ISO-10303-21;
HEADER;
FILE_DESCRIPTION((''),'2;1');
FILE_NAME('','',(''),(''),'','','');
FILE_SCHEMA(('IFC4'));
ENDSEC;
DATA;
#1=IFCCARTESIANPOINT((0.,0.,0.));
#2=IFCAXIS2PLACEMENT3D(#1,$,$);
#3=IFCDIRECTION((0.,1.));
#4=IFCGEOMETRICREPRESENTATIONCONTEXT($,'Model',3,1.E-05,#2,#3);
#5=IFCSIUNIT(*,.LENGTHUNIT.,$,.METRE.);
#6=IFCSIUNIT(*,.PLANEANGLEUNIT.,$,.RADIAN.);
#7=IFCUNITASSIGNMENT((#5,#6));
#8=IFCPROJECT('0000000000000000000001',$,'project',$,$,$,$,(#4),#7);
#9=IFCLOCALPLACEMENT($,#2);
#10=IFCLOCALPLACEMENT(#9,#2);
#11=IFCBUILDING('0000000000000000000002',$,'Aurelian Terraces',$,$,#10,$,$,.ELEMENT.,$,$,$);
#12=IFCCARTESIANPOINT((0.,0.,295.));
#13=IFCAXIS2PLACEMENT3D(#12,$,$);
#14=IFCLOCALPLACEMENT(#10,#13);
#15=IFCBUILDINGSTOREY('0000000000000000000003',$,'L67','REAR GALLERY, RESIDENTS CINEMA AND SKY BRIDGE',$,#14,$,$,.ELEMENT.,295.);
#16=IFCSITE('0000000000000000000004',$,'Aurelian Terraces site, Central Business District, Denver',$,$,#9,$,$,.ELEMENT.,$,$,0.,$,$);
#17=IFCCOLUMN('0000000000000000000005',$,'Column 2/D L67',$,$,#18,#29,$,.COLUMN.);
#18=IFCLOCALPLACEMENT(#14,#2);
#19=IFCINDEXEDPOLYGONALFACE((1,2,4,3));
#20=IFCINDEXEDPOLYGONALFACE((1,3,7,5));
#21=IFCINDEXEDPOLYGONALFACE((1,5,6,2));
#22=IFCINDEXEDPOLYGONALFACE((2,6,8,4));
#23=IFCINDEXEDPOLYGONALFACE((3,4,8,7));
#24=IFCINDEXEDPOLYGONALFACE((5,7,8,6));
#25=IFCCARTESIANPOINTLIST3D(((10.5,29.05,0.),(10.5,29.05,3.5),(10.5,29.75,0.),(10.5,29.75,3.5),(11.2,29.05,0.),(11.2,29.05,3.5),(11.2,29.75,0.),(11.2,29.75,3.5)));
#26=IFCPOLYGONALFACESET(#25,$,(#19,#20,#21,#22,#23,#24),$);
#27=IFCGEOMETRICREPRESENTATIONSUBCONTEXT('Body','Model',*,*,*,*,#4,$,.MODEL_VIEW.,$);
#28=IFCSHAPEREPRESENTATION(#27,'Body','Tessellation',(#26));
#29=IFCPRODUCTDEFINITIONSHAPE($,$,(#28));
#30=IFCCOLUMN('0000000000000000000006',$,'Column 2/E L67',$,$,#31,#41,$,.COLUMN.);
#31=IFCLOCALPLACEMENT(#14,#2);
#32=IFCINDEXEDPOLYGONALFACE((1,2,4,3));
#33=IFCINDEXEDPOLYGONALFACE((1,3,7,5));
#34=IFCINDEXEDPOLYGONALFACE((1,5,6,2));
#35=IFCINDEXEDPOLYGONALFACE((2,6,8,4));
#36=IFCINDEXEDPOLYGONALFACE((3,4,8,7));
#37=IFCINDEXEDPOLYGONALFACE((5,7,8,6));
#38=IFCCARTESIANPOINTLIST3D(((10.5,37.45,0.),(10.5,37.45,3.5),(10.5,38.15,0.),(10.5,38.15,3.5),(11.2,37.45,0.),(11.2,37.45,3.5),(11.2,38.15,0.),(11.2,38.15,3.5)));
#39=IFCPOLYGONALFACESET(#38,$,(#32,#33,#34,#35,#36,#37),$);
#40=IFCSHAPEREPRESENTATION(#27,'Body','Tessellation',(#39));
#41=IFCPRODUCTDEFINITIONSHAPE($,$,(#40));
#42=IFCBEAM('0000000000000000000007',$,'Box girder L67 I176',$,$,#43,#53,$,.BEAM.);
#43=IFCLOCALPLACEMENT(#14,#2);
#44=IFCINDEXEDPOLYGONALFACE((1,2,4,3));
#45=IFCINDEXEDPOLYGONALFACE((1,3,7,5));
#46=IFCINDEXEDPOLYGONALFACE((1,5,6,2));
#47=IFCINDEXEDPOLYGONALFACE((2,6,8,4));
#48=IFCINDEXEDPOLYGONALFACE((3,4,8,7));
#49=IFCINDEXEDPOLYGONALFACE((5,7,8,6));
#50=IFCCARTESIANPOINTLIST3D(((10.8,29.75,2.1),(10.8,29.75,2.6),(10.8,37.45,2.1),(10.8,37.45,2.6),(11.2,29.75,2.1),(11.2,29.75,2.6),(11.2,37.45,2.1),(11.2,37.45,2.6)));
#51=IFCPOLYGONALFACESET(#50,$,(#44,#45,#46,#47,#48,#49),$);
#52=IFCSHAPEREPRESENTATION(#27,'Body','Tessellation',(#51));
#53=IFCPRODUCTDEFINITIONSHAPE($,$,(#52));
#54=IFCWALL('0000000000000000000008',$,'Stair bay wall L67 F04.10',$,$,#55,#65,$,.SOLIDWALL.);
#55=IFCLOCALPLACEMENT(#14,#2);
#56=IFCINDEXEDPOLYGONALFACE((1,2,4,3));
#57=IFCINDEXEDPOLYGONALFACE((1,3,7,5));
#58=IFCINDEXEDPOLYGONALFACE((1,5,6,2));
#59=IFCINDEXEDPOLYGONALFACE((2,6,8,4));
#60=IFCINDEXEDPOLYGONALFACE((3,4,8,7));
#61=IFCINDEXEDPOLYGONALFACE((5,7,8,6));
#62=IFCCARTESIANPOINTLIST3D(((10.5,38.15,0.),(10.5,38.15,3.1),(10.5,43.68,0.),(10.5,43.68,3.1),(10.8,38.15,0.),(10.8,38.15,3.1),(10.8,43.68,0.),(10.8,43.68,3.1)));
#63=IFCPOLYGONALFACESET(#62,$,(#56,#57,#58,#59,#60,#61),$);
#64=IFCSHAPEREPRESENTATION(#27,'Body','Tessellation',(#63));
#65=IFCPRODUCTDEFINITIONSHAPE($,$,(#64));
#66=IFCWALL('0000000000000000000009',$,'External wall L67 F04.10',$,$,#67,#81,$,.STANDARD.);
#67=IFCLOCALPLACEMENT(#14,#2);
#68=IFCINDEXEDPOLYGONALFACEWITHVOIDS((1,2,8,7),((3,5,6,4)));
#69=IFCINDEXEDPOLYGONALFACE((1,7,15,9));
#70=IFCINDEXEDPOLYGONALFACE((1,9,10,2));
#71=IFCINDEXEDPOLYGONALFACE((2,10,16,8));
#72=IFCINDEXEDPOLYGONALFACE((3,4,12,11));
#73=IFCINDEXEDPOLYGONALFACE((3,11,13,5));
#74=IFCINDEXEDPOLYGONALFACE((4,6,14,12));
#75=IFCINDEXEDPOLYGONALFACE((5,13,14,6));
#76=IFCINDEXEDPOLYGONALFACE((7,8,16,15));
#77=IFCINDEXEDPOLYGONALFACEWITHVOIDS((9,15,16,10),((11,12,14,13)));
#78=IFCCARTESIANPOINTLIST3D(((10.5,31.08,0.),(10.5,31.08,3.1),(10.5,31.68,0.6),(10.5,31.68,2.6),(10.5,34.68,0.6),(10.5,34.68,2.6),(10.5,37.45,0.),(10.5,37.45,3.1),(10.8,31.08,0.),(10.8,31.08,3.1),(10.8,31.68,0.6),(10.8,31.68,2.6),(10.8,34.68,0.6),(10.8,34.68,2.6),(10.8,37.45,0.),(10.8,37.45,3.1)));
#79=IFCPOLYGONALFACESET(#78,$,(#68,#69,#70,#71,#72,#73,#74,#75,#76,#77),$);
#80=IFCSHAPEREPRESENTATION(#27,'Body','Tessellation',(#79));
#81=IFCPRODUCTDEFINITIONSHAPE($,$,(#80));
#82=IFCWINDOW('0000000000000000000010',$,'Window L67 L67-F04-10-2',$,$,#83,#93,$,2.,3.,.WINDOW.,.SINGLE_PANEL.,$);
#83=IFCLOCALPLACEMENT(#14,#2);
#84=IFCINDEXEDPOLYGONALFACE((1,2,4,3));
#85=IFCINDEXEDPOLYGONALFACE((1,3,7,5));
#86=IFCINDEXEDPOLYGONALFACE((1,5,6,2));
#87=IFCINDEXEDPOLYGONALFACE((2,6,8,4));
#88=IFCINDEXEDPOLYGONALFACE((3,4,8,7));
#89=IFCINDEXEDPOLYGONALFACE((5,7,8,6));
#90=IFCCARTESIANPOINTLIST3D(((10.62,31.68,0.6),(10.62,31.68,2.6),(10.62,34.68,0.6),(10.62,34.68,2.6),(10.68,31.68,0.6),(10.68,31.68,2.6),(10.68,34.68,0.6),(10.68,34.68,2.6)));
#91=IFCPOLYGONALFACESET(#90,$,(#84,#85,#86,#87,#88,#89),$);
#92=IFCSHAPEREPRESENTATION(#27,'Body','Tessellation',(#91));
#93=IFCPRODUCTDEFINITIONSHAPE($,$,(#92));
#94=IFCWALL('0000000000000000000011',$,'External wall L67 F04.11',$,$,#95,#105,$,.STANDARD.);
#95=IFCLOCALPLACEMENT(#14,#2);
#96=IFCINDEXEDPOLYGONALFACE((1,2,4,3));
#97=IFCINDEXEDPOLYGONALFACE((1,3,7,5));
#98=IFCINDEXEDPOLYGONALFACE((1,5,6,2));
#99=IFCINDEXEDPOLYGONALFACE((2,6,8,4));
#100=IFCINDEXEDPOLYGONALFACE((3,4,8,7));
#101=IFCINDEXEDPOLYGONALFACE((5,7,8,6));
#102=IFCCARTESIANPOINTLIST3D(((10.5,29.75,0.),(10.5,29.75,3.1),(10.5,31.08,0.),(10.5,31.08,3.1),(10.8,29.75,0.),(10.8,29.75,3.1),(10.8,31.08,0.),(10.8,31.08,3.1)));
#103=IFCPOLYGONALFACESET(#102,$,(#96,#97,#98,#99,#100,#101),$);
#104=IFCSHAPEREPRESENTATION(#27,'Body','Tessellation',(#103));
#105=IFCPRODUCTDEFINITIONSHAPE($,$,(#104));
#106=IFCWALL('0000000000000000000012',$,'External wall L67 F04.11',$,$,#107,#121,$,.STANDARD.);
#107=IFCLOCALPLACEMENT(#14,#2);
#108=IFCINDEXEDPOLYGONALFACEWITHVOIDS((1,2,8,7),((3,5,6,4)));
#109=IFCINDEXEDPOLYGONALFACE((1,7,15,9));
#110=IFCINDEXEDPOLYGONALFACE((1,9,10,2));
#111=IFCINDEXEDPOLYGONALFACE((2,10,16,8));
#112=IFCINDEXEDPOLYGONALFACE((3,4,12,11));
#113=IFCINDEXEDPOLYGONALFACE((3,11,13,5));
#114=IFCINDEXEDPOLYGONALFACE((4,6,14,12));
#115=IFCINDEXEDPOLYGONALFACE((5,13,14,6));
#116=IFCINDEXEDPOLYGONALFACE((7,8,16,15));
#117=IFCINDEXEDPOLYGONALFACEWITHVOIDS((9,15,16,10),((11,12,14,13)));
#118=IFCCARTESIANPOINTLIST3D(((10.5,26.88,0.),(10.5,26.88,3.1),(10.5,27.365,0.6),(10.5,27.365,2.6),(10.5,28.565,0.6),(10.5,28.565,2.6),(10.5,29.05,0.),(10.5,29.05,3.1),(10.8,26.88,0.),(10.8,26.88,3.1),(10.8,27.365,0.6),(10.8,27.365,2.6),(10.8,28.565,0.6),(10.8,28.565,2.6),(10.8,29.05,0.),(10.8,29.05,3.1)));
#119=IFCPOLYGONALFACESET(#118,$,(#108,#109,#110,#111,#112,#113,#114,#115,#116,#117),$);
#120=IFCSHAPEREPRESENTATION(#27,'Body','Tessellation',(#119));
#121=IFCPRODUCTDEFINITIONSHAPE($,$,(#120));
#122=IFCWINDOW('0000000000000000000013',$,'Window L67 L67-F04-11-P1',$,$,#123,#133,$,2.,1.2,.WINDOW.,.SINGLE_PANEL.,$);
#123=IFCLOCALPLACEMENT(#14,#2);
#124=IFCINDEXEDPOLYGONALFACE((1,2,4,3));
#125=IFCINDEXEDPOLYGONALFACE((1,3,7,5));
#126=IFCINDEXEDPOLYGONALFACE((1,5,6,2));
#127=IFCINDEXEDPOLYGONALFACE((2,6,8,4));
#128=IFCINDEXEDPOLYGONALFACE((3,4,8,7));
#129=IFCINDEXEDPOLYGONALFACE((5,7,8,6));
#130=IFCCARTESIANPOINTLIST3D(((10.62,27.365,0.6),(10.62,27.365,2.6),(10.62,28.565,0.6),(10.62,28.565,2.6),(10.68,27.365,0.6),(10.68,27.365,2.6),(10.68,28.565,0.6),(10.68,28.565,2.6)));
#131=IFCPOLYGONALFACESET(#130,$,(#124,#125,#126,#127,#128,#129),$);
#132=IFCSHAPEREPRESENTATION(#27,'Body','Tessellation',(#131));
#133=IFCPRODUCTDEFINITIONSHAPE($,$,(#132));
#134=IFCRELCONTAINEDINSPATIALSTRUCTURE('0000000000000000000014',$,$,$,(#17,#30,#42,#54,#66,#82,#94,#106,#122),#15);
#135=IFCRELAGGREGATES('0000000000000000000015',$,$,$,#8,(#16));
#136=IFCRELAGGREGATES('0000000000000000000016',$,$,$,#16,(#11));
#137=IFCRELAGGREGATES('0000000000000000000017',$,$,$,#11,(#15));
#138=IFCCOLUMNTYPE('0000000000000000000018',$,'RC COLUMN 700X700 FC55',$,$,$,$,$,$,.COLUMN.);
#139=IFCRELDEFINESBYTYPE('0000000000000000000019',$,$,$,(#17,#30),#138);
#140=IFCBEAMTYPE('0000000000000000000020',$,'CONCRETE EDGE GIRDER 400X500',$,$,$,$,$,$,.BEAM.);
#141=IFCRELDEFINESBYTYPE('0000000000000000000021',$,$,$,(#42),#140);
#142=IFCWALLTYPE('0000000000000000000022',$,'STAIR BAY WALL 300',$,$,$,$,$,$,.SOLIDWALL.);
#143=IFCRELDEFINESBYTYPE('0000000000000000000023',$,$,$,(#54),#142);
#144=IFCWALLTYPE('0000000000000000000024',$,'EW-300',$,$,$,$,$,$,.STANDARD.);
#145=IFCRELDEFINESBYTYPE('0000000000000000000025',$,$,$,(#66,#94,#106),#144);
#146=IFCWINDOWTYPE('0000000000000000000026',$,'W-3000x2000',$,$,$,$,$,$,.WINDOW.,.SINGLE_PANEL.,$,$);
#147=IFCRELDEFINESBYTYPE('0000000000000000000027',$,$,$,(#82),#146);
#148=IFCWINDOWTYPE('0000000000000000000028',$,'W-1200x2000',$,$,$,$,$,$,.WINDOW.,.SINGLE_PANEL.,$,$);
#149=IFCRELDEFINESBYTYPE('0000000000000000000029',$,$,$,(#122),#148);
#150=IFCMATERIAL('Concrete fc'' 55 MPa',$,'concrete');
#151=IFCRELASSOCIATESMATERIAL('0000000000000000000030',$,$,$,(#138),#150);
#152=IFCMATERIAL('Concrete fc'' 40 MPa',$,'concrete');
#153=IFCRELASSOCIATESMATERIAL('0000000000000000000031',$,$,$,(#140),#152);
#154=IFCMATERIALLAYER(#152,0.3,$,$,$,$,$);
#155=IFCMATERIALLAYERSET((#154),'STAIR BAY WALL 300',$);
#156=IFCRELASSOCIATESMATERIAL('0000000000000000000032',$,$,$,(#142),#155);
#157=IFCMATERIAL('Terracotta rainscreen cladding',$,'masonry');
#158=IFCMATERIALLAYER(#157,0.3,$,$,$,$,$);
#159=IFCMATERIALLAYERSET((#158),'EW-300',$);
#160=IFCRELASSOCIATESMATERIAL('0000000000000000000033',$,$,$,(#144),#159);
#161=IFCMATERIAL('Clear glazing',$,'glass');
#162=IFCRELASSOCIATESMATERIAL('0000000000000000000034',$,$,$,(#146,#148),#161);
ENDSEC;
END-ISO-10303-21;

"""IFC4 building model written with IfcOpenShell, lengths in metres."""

from ifc_helpers import new_model, si_unit, direction, frame, frame_2d, origin, origin_2d, place, context, subcontext, project, spatial, rectangle, extrude, source, transform, mapped, material, layer, layer_set, material_profile, profile_set, type_object, element, fill, save


model = new_model("IFC4")

# Units and contexts
model_context = context("Model", 3, precision=1e-05, world=origin(), true_north=direction((0.0, 1.0)))
body_context = subcontext(model_context, "Body", "Model", "MODEL_VIEW")
ifc_project = project(units=[si_unit("LENGTHUNIT", "METRE"), si_unit("PLANEANGLEUNIT", "RADIAN")], contexts=[model_context])

# Site, building, storey
site_placement = place(None, origin())
site = spatial("IfcSite", under=ifc_project, at=site_placement, Name="Aurelian Terraces site, Central Business District, Denver", CompositionType="ELEMENT", RefElevation=0.0)
building_placement = place(site_placement, origin())
building = spatial("IfcBuilding", under=site, at=building_placement, Name="Aurelian Terraces", CompositionType="ELEMENT")
storey_placement = place(building_placement, frame((0.0, 0.0, 295.0)))
storey = spatial("IfcBuildingStorey", under=building, at=storey_placement, Name="L67", Description="REAR GALLERY, RESIDENTS CINEMA AND SKY BRIDGE", CompositionType="ELEMENT", Elevation=295.0)

# Columns
ifc_material_1 = material(Name="Concrete fc' 55 MPa", Category="concrete")
ifc_material_profile_1 = material_profile(ifc_material_1, rectangle(XDim=0.7, YDim=0.7, at=origin_2d()))
ifc_profile_set_1 = profile_set([ifc_material_profile_1], Name="Concrete fc' 55 MPa")
column_type = type_object("IfcColumnType", Name="RC COLUMN 700X700 FC55", PredefinedType="COLUMN", material=ifc_profile_set_1)
shared_shape_1 = source(origin(), body_context, "Body", "SweptSolid", [
    extrude(rectangle(XDim=0.7, YDim=0.7, at=origin_2d()), origin(), (0.0, 0.0, 1.0), 3.5),
])
for number, where, z_axis, x_axis, name in (
    (1, (10.85, 29.4, 0.0), (0.0, 0.0, 1.0), (1.0, 0.0, 0.0), "Column 2/D L67"),
    (2, (10.85, 37.8, 0.0), (0.0, 0.0, 1.0), (1.0, 0.0, 0.0), "Column 2/E L67"),
):
    element("IfcColumn", number, at=place(storey_placement, frame(where, z_axis=z_axis, x_axis=x_axis)), inside=storey, type_object=column_type, Name=name, PredefinedType="COLUMN", context=body_context, shape_type="MappedRepresentation", body=[
        mapped(shared_shape_1, transform((0.0, 0.0, 0.0), scale=1.0)),
    ])

# Beam
ifc_material_2 = material(Name="Concrete fc' 40 MPa", Category="concrete")
ifc_material_profile_2 = material_profile(ifc_material_2, rectangle(XDim=0.4, YDim=0.5, at=origin_2d()))
ifc_profile_set_2 = profile_set([ifc_material_profile_2], Name="Concrete fc' 40 MPa")
beam_type = type_object("IfcBeamType", Name="CONCRETE EDGE GIRDER 400X500", PredefinedType="BEAM", material=ifc_profile_set_2)
shared_shape_2 = source(origin(), body_context, "Body", "SweptSolid", [
    extrude(rectangle(XDim=0.4, YDim=0.5, at=origin_2d()), origin(), (0.0, 0.0, 1.0), 7.7),
])
beam_placement = place(storey_placement, frame((11.0, 29.75, 2.35), z_axis=(0.0, 1.0, 0.0), x_axis=(-1.0, 0.0, 0.0)))
element("IfcBeam", 3, at=beam_placement, inside=storey, type_object=beam_type, Name="Box girder L67 I176", PredefinedType="BEAM", context=body_context, shape_type="MappedRepresentation", body=[
    mapped(shared_shape_2, transform((0.0, 0.0, 0.0), scale=1.0)),
])

# Wall
ifc_layer_1 = layer(ifc_material_2, 0.3)
ifc_layer_set_1 = layer_set([ifc_layer_1], Name="STAIR BAY WALL 300")
wall_type_1 = type_object("IfcWallType", Name="STAIR BAY WALL 300", PredefinedType="SOLIDWALL", material=ifc_layer_set_1)
shared_shape_3 = source(origin(), body_context, "Body", "SweptSolid", [
    extrude(rectangle(XDim=5.53, YDim=0.3, at=frame_2d((2.765, 0.0))), origin(), (0.0, 0.0, 1.0), 3.1),
])
wall_1_placement = place(storey_placement, frame((10.65, 43.68, 0.0), z_axis=(0.0, 0.0, 1.0), x_axis=(0.0, -1.0, 0.0)))
element("IfcWall", 4, at=wall_1_placement, inside=storey, type_object=wall_type_1, Name="Stair bay wall L67 F04.10", PredefinedType="SOLIDWALL", context=body_context, shape_type="MappedRepresentation", body=[
    mapped(shared_shape_3, transform((0.0, 0.0, 0.0), scale=1.0)),
])

# Wall, opening, window
ifc_material_3 = material(Name="Terracotta rainscreen cladding", Category="masonry")
ifc_layer_2 = layer(ifc_material_3, 0.3)
ifc_layer_set_2 = layer_set([ifc_layer_2], Name="EW-300")
wall_type_2 = type_object("IfcWallType", Name="EW-300", PredefinedType="STANDARD", material=ifc_layer_set_2)
shared_shape_4 = source(origin(), body_context, "Body", "SweptSolid", [
    extrude(rectangle(XDim=6.37, YDim=0.3, at=frame_2d((3.185, 0.0))), origin(), (0.0, 0.0, 1.0), 3.1),
])
wall_2_placement = place(storey_placement, frame((10.65, 37.45, 0.0), z_axis=(0.0, 0.0, 1.0), x_axis=(0.0, -1.0, 0.0)))
wall_2 = element("IfcWall", 5, at=wall_2_placement, inside=storey, type_object=wall_type_2, Name="External wall L67 F04.10", PredefinedType="STANDARD", context=body_context, shape_type="MappedRepresentation", body=[
    mapped(shared_shape_4, transform((0.0, 0.0, 0.0), scale=1.0)),
])
shared_shape_5 = source(origin(), body_context, "Body", "SweptSolid", [
    extrude(rectangle(XDim=3.0, YDim=2.0, at=frame_2d((1.5, 1.0))), frame((0.0, 0.16, 0.0), z_axis=(0.0, -1.0, 0.0), x_axis=(1.0, 0.0, 0.0)), (0.0, 0.0, 1.0), 0.32),
])
opening_1_placement = place(wall_2_placement, frame((2.77, 0.0, 0.6)))
opening_1 = element("IfcOpeningElement", 6, at=opening_1_placement, cuts=wall_2, PredefinedType="OPENING", context=body_context, shape_type="MappedRepresentation", body=[
    mapped(shared_shape_5, transform((0.0, 0.0, 0.0), scale=1.0)),
])
ifc_material_4 = material(Name="Clear glazing", Category="glass")
window_type_1 = type_object("IfcWindowType", Name="W-3000x2000", PartitioningType="SINGLE_PANEL", PredefinedType="WINDOW", material=ifc_material_4)
shared_shape_6 = source(origin(), body_context, "Body", "SweptSolid", [
    extrude(rectangle(XDim=3.0, YDim=2.0, at=frame_2d((1.5, 1.0))), frame((0.0, 0.03, 0.0), z_axis=(0.0, -1.0, 0.0), x_axis=(1.0, 0.0, 0.0)), (0.0, 0.0, 1.0), 0.06),
])
window_1_placement = place(opening_1_placement, origin())
window_1 = element("IfcWindow", 7, at=window_1_placement, inside=storey, type_object=window_type_1, Name="Window L67 L67-F04-10-2", OverallHeight=2.0, OverallWidth=3.0, PartitioningType="SINGLE_PANEL", PredefinedType="WINDOW", context=body_context, shape_type="MappedRepresentation", body=[
    mapped(shared_shape_6, transform((0.0, 0.0, 0.0), scale=1.0)),
])
fill(opening_1, window_1)

# Wall
shared_shape_7 = source(origin(), body_context, "Body", "SweptSolid", [
    extrude(rectangle(XDim=1.33, YDim=0.3, at=frame_2d((0.665, 0.0))), origin(), (0.0, 0.0, 1.0), 3.1),
])
wall_3_placement = place(storey_placement, frame((10.65, 31.08, 0.0), z_axis=(0.0, 0.0, 1.0), x_axis=(0.0, -1.0, 0.0)))
element("IfcWall", 8, at=wall_3_placement, inside=storey, type_object=wall_type_2, Name="External wall L67 F04.11", PredefinedType="STANDARD", context=body_context, shape_type="MappedRepresentation", body=[
    mapped(shared_shape_7, transform((0.0, 0.0, 0.0), scale=1.0)),
])

# Wall, opening, window
shared_shape_8 = source(origin(), body_context, "Body", "SweptSolid", [
    extrude(rectangle(XDim=2.17, YDim=0.3, at=frame_2d((1.085, 0.0))), origin(), (0.0, 0.0, 1.0), 3.1),
])
wall_4_placement = place(storey_placement, frame((10.65, 29.05, 0.0), z_axis=(0.0, 0.0, 1.0), x_axis=(0.0, -1.0, 0.0)))
wall_4 = element("IfcWall", 9, at=wall_4_placement, inside=storey, type_object=wall_type_2, Name="External wall L67 F04.11", PredefinedType="STANDARD", context=body_context, shape_type="MappedRepresentation", body=[
    mapped(shared_shape_8, transform((0.0, 0.0, 0.0), scale=1.0)),
])
shared_shape_9 = source(origin(), body_context, "Body", "SweptSolid", [
    extrude(rectangle(XDim=1.2, YDim=2.0, at=frame_2d((0.6, 1.0))), frame((0.0, 0.16, 0.0), z_axis=(0.0, -1.0, 0.0), x_axis=(1.0, 0.0, 0.0)), (0.0, 0.0, 1.0), 0.32),
])
opening_2_placement = place(wall_4_placement, frame((0.485, 0.0, 0.6)))
opening_2 = element("IfcOpeningElement", 10, at=opening_2_placement, cuts=wall_4, PredefinedType="OPENING", context=body_context, shape_type="MappedRepresentation", body=[
    mapped(shared_shape_9, transform((0.0, 0.0, 0.0), scale=1.0)),
])
window_type_2 = type_object("IfcWindowType", Name="W-1200x2000", PartitioningType="SINGLE_PANEL", PredefinedType="WINDOW", material=ifc_material_4)
shared_shape_10 = source(origin(), body_context, "Body", "SweptSolid", [
    extrude(rectangle(XDim=1.2, YDim=2.0, at=frame_2d((0.6, 1.0))), frame((0.0, 0.03, 0.0), z_axis=(0.0, -1.0, 0.0), x_axis=(1.0, 0.0, 0.0)), (0.0, 0.0, 1.0), 0.06),
])
window_2_placement = place(opening_2_placement, origin())
window_2 = element("IfcWindow", 11, at=window_2_placement, inside=storey, type_object=window_type_2, Name="Window L67 L67-F04-11-P1", OverallHeight=2.0, OverallWidth=1.2, PartitioningType="SINGLE_PANEL", PredefinedType="WINDOW", context=body_context, shape_type="MappedRepresentation", body=[
    mapped(shared_shape_10, transform((0.0, 0.0, 0.0), scale=1.0)),
])
fill(opening_2, window_2)

save(model, "model.ifc")
